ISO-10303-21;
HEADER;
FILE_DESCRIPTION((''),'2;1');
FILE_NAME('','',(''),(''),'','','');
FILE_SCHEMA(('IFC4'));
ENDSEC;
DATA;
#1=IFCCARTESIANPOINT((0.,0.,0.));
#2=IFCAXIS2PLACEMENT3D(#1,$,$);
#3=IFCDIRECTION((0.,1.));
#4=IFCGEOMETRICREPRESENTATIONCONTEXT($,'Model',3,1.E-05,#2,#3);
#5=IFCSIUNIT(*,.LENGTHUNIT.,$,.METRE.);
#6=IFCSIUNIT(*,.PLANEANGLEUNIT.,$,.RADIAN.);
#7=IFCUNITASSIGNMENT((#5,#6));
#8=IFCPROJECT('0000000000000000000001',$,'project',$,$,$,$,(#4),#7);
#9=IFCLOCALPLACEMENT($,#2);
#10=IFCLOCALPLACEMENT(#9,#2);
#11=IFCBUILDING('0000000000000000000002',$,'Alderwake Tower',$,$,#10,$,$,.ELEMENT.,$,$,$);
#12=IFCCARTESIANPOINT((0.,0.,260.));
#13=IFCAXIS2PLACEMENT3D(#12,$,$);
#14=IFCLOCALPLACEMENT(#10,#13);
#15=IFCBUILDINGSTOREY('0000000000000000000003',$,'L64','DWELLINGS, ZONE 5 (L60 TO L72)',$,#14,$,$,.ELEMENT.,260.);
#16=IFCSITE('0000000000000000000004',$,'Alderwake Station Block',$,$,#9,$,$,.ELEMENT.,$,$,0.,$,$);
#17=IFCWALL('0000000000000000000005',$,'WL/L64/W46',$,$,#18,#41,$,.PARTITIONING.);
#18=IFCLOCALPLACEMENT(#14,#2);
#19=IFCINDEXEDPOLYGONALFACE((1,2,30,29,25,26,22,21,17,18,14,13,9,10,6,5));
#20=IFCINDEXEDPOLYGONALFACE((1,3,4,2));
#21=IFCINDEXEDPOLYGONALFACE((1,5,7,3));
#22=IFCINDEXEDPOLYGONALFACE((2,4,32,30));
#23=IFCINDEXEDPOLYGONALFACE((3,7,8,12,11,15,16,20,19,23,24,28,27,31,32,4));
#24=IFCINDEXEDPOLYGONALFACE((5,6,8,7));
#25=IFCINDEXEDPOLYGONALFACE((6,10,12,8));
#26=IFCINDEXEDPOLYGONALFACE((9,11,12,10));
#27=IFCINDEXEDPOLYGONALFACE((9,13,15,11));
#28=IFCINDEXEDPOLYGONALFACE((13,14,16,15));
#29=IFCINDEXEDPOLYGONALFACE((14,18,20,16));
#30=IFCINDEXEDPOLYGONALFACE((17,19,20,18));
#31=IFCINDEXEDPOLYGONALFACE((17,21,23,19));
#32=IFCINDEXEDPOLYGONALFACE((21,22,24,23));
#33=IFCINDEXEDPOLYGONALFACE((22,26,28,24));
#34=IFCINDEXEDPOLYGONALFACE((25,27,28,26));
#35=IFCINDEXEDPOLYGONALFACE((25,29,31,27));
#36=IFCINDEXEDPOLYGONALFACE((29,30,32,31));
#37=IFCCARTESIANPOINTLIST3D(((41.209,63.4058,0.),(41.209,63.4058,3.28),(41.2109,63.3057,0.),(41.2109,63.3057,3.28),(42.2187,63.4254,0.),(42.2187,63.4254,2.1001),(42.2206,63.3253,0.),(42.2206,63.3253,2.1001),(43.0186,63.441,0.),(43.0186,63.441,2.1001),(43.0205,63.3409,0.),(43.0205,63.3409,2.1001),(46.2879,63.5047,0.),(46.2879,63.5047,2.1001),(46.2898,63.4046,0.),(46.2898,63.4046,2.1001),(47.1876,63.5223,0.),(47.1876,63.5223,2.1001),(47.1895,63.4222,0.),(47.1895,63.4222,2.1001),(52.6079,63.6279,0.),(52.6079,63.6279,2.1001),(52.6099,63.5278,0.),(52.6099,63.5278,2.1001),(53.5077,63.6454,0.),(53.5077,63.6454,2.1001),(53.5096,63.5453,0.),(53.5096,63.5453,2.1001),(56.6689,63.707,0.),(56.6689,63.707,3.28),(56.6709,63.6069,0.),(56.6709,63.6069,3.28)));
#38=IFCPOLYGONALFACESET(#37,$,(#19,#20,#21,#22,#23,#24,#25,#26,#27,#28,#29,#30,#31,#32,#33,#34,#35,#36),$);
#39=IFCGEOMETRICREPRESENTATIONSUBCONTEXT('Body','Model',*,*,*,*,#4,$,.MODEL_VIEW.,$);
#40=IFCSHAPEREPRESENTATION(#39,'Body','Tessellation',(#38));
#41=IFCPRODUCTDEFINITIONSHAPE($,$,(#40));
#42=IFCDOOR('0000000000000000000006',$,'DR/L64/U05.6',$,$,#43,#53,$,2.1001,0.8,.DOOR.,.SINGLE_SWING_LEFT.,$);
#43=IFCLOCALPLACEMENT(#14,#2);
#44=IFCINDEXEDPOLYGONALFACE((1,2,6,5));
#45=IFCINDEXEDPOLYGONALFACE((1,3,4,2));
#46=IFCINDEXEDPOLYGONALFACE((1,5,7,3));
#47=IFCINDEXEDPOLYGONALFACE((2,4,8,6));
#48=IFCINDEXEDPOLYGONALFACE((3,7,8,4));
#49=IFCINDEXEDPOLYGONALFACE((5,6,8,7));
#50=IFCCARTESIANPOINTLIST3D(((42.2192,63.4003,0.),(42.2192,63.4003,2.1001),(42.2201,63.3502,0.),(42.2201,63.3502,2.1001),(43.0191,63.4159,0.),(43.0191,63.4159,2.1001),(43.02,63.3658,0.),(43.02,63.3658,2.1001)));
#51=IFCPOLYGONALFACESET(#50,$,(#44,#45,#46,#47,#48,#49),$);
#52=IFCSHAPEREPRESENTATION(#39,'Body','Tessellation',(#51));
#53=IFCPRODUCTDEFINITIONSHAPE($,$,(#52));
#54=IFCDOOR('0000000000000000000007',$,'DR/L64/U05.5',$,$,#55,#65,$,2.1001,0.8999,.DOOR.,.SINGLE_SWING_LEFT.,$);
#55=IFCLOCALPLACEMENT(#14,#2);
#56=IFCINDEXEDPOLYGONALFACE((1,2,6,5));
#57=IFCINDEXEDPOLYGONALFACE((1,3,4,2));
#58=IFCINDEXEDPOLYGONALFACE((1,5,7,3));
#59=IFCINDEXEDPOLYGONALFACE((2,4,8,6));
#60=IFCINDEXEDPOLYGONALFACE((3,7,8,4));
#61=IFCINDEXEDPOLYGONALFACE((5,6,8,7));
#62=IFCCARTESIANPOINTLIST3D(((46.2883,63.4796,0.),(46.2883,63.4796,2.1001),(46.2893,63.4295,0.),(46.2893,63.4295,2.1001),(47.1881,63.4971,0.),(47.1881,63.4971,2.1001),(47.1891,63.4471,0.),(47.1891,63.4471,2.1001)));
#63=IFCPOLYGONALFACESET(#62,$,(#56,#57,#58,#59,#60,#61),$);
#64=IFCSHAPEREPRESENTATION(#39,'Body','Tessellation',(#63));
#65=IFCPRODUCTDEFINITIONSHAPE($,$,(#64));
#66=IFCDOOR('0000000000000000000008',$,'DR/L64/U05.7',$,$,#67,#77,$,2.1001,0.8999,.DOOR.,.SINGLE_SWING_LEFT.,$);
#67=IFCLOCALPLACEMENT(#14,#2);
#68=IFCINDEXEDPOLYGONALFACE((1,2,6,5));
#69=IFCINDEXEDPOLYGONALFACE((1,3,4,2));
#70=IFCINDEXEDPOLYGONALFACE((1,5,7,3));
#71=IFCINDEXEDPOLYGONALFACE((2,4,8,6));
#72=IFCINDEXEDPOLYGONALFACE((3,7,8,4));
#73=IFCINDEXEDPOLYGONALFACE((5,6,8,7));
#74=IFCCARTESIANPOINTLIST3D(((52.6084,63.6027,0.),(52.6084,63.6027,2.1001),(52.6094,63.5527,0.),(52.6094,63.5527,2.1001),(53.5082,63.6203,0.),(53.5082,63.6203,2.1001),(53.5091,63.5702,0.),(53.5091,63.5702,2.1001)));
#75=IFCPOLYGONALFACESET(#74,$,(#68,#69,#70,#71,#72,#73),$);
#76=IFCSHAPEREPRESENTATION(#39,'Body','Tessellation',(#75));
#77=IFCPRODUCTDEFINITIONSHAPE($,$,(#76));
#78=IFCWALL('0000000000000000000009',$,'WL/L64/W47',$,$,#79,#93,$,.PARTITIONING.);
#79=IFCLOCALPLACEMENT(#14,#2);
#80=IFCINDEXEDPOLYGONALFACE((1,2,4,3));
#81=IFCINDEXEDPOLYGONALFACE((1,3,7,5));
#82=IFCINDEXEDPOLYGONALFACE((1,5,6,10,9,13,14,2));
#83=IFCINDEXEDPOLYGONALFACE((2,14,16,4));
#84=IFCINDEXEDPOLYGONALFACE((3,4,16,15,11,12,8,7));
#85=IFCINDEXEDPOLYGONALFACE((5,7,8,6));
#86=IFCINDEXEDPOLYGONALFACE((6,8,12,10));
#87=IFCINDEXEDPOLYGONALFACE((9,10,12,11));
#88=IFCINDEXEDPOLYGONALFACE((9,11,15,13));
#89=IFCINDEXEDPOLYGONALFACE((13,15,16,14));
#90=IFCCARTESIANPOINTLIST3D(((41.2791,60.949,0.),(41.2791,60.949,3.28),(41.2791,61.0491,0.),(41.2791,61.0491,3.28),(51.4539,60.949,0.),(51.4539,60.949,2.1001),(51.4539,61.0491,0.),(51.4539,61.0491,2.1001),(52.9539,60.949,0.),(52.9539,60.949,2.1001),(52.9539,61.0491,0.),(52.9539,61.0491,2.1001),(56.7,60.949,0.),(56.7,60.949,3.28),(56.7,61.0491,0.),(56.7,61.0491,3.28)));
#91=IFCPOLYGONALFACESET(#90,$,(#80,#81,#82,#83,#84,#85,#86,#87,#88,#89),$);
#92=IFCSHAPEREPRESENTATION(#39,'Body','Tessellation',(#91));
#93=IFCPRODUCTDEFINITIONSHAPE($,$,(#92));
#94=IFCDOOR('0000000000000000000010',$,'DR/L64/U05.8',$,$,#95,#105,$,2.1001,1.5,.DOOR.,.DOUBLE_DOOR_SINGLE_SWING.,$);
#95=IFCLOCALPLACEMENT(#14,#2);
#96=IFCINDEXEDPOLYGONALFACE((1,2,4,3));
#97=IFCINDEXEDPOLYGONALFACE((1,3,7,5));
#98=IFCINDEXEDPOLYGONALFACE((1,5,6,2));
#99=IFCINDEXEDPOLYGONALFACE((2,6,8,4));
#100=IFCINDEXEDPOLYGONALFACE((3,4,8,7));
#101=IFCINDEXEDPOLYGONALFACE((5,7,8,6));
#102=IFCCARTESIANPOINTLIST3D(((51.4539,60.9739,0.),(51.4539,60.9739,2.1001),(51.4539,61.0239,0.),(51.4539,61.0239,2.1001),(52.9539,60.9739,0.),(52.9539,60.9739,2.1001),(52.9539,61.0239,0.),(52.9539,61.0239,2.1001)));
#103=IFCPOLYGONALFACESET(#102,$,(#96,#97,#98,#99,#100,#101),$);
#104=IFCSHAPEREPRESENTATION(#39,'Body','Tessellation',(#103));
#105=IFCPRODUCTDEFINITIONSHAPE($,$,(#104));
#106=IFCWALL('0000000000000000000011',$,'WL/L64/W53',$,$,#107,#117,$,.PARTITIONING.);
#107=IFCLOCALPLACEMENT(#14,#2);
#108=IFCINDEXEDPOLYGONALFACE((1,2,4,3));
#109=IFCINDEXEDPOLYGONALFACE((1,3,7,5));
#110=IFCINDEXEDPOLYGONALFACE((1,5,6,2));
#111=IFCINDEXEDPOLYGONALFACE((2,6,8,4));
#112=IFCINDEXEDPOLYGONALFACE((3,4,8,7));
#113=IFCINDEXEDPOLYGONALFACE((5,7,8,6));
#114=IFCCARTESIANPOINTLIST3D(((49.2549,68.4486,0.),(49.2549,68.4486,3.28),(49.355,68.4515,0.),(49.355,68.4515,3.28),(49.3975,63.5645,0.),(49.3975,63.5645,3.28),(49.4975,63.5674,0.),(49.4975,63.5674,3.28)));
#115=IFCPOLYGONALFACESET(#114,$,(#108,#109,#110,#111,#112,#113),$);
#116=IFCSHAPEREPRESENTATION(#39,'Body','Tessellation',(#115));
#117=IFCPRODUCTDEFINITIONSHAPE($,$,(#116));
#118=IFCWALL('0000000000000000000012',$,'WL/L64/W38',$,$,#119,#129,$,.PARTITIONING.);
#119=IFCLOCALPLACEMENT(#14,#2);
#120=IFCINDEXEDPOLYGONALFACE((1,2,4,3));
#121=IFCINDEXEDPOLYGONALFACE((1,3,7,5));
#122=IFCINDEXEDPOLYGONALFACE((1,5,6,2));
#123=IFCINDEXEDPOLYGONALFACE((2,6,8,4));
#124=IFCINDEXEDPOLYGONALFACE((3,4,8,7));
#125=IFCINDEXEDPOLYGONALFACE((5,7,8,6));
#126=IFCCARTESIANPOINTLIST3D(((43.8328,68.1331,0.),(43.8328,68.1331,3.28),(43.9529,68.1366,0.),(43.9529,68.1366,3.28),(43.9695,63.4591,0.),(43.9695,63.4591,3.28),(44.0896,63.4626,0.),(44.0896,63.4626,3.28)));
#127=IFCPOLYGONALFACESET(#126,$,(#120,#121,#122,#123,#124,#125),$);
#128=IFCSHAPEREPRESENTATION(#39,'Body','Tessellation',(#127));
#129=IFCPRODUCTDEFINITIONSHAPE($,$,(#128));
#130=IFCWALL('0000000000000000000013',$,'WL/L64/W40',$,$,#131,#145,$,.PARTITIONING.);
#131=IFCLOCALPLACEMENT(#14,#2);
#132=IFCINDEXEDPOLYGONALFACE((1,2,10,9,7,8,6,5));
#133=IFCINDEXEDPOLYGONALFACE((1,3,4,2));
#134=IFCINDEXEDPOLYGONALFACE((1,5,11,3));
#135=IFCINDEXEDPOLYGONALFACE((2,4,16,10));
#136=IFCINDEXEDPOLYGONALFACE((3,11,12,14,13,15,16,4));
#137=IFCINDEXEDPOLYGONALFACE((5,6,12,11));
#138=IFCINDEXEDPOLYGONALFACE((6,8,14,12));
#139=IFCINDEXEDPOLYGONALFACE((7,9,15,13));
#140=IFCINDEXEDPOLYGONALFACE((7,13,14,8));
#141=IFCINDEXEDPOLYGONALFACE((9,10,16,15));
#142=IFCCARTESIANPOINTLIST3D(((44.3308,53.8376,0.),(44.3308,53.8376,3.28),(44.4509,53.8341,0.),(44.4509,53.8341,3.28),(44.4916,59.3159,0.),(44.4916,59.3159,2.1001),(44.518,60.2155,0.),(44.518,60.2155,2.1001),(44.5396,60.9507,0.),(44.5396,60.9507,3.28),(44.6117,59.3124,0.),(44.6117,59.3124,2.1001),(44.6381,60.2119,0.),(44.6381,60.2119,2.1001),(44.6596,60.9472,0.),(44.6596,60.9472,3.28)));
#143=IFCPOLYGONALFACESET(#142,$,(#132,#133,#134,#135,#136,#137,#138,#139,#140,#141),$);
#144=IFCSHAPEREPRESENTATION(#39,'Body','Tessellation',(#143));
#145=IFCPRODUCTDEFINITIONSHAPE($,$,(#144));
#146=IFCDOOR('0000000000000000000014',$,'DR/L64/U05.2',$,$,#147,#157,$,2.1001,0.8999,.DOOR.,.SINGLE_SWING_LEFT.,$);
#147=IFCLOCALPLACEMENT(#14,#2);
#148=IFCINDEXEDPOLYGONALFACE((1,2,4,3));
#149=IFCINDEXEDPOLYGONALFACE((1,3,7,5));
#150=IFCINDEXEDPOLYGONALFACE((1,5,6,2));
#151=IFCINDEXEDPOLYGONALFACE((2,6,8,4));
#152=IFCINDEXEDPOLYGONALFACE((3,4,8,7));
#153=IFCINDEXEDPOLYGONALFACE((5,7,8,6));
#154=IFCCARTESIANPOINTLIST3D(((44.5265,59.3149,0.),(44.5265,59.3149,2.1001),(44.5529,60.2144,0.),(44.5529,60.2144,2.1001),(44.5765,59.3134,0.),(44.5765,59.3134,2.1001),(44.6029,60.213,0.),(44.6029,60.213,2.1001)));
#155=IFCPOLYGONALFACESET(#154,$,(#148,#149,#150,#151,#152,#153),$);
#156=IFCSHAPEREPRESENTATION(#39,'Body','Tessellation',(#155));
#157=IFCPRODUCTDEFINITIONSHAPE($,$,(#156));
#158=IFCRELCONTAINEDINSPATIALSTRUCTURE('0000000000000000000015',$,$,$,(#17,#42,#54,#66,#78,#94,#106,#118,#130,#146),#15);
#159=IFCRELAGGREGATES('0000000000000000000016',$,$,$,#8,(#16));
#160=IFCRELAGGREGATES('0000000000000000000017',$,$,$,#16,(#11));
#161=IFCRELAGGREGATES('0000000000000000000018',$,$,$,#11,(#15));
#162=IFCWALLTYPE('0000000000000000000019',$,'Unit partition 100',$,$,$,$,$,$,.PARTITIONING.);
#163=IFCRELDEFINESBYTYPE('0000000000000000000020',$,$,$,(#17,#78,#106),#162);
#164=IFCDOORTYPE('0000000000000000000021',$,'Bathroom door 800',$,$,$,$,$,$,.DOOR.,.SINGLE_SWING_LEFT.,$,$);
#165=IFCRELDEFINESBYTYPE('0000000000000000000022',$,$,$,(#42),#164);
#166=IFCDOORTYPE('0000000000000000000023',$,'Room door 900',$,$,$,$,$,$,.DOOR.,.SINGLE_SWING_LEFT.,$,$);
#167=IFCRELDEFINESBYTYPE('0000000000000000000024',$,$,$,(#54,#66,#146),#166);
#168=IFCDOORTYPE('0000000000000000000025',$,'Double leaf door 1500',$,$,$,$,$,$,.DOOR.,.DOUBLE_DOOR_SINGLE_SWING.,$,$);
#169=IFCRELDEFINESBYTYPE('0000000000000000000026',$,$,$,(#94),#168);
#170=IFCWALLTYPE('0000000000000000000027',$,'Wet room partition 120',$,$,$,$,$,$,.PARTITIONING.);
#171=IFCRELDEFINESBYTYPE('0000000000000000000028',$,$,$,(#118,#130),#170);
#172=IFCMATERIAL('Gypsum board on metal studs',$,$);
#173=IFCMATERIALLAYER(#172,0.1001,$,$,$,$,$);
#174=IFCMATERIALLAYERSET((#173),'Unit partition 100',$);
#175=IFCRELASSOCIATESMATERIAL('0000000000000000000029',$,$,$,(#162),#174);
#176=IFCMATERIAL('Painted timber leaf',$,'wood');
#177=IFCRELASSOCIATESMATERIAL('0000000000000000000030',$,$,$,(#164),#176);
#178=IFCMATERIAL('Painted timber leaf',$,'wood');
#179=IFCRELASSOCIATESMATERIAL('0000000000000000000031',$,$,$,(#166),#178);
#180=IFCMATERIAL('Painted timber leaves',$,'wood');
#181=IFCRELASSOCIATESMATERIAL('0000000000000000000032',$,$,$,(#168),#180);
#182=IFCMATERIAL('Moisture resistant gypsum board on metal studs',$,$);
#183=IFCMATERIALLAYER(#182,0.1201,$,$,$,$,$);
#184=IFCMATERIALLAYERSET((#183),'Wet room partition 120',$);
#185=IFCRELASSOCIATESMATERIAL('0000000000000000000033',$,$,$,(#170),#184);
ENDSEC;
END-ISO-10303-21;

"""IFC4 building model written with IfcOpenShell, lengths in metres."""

from ifc_helpers import new_model, si_unit, direction, frame, frame_2d, origin, place, context, subcontext, project, spatial, rectangle, extrude, material, layer, layer_set, type_object, element, fill, save


model = new_model("IFC4")

# Units and contexts
model_context = context("Model", 3, precision=1e-05, world=origin(), true_north=direction((0.0, 1.0)))
body_context = subcontext(model_context, "Body", "Model", "MODEL_VIEW")
ifc_project = project(units=[si_unit("LENGTHUNIT", "METRE"), si_unit("PLANEANGLEUNIT", "RADIAN")], contexts=[model_context])

# Site, building, storey
site_placement = place(None, origin())
site = spatial("IfcSite", under=ifc_project, at=site_placement, Name="Alderwake Station Block", CompositionType="ELEMENT", RefElevation=0.0)
building_placement = place(site_placement, origin())
building = spatial("IfcBuilding", under=site, at=building_placement, Name="Alderwake Tower", CompositionType="ELEMENT")
storey_placement = place(building_placement, frame((0.0, 0.0, 260.0)))
storey = spatial("IfcBuildingStorey", under=building, at=storey_placement, Name="L64", Description="DWELLINGS, ZONE 5 (L60 TO L72)", CompositionType="ELEMENT", Elevation=260.0)

# Wall, openings, doors
ifc_material_1 = material(Name="Gypsum board on metal studs")
ifc_layer_1 = layer(ifc_material_1, 0.1001)
ifc_layer_set_1 = layer_set([ifc_layer_1], Name="Unit partition 100")
wall_type_1 = type_object("IfcWallType", Name="Unit partition 100", PredefinedType="PARTITIONING", material=ifc_layer_set_1)
wall_1_placement = place(storey_placement, frame((41.21, 63.3557, 0.0), z_axis=(0.0, 0.0, 1.0), x_axis=(0.99981, 0.019483, 0.0)))
wall_1 = element("IfcWall", 1, at=wall_1_placement, inside=storey, type_object=wall_type_1, Name="WL/L64/W46", PredefinedType="PARTITIONING", context=body_context, shape_type="SweptSolid", body=[
    extrude(rectangle(XDim=15.4629, YDim=0.1001, at=frame_2d((7.7314, 0.0))), origin(), (0.0, 0.0, 1.0), 3.28),
])
opening_1_placement = place(wall_1_placement, frame((5.0798, 0.0, 0.0)))
opening_1 = element("IfcOpeningElement", 2, at=opening_1_placement, cuts=wall_1, PredefinedType="OPENING", context=body_context, shape_type="SweptSolid", body=[
    extrude(rectangle(XDim=0.8999, YDim=2.1001, at=frame_2d((0.45, 1.05))), frame((0.0, 0.0601, 0.0), z_axis=(0.0, -1.0, 0.0), x_axis=(1.0, 0.0, 0.0)), (0.0, 0.0, 1.0), 0.1201),
])
opening_2_placement = place(wall_1_placement, frame((1.01, 0.0, 0.0)))
opening_2 = element("IfcOpeningElement", 3, at=opening_2_placement, cuts=wall_1, PredefinedType="OPENING", context=body_context, shape_type="SweptSolid", body=[
    extrude(rectangle(XDim=0.8, YDim=2.1001, at=frame_2d((0.3999, 1.05))), frame((0.0, 0.0601, 0.0), z_axis=(0.0, -1.0, 0.0), x_axis=(1.0, 0.0, 0.0)), (0.0, 0.0, 1.0), 0.1201),
])
opening_3_placement = place(wall_1_placement, frame((11.4011, 0.0, 0.0)))
opening_3 = element("IfcOpeningElement", 4, at=opening_3_placement, cuts=wall_1, PredefinedType="OPENING", context=body_context, shape_type="SweptSolid", body=[
    extrude(rectangle(XDim=0.8999, YDim=2.1001, at=frame_2d((0.45, 1.05))), frame((0.0, 0.0601, 0.0), z_axis=(0.0, -1.0, 0.0), x_axis=(1.0, 0.0, 0.0)), (0.0, 0.0, 1.0), 0.1201),
])
ifc_material_2 = material(Name="Painted timber leaf", Category="wood")
door_type_1 = type_object("IfcDoorType", Name="Bathroom door 800", OperationType="SINGLE_SWING_LEFT", PredefinedType="DOOR", material=ifc_material_2)
door_1_placement = place(opening_2_placement, origin())
door_1 = element("IfcDoor", 5, at=door_1_placement, inside=storey, type_object=door_type_1, Name="DR/L64/U05.6", OperationType="SINGLE_SWING_LEFT", OverallHeight=2.1001, OverallWidth=0.8, PredefinedType="DOOR", context=body_context, shape_type="SweptSolid", body=[
    extrude(rectangle(XDim=0.8, YDim=2.1001, at=frame_2d((0.3999, 1.05))), frame((0.0, 0.0249, 0.0), z_axis=(0.0, -1.0, 0.0), x_axis=(1.0, 0.0, 0.0)), (0.0, 0.0, 1.0), 0.05),
])
fill(opening_2, door_1)
ifc_material_3 = material(Name="Painted timber leaf", Category="wood")
door_type_2 = type_object("IfcDoorType", Name="Room door 900", OperationType="SINGLE_SWING_LEFT", PredefinedType="DOOR", material=ifc_material_3)
door_2_placement = place(opening_1_placement, origin())
door_2 = element("IfcDoor", 6, at=door_2_placement, inside=storey, type_object=door_type_2, Name="DR/L64/U05.5", OperationType="SINGLE_SWING_LEFT", OverallHeight=2.1001, OverallWidth=0.8999, PredefinedType="DOOR", context=body_context, shape_type="SweptSolid", body=[
    extrude(rectangle(XDim=0.8999, YDim=2.1001, at=frame_2d((0.45, 1.05))), frame((0.0, 0.0249, 0.0), z_axis=(0.0, -1.0, 0.0), x_axis=(1.0, 0.0, 0.0)), (0.0, 0.0, 1.0), 0.05),
])
fill(opening_1, door_2)
door_3_placement = place(opening_3_placement, origin())
door_3 = element("IfcDoor", 7, at=door_3_placement, inside=storey, type_object=door_type_2, Name="DR/L64/U05.7", OperationType="SINGLE_SWING_LEFT", OverallHeight=2.1001, OverallWidth=0.8999, PredefinedType="DOOR", context=body_context, shape_type="SweptSolid", body=[
    extrude(rectangle(XDim=0.8999, YDim=2.1001, at=frame_2d((0.45, 1.05))), frame((0.0, 0.0249, 0.0), z_axis=(0.0, -1.0, 0.0), x_axis=(1.0, 0.0, 0.0)), (0.0, 0.0, 1.0), 0.05),
])
fill(opening_3, door_3)

# Wall, opening, door
wall_2_placement = place(storey_placement, frame((41.2791, 60.999, 0.0), z_axis=(0.0, 0.0, 1.0), x_axis=(1.0, 0.0, 0.0)))
wall_2 = element("IfcWall", 8, at=wall_2_placement, inside=storey, type_object=wall_type_1, Name="WL/L64/W47", PredefinedType="PARTITIONING", context=body_context, shape_type="SweptSolid", body=[
    extrude(rectangle(XDim=15.4209, YDim=0.1001, at=frame_2d((7.7104, 0.0))), origin(), (0.0, 0.0, 1.0), 3.28),
])
opening_4_placement = place(wall_2_placement, frame((10.1748, 0.0, 0.0)))
opening_4 = element("IfcOpeningElement", 9, at=opening_4_placement, cuts=wall_2, PredefinedType="OPENING", context=body_context, shape_type="SweptSolid", body=[
    extrude(rectangle(XDim=1.5, YDim=2.1001, at=frame_2d((0.75, 1.05))), frame((0.0, 0.0601, 0.0), z_axis=(0.0, -1.0, 0.0), x_axis=(1.0, 0.0, 0.0)), (0.0, 0.0, 1.0), 0.1201),
])
ifc_material_4 = material(Name="Painted timber leaves", Category="wood")
door_type_3 = type_object("IfcDoorType", Name="Double leaf door 1500", OperationType="DOUBLE_DOOR_SINGLE_SWING", PredefinedType="DOOR", material=ifc_material_4)
door_4_placement = place(opening_4_placement, origin())
door_4 = element("IfcDoor", 10, at=door_4_placement, inside=storey, type_object=door_type_3, Name="DR/L64/U05.8", OperationType="DOUBLE_DOOR_SINGLE_SWING", OverallHeight=2.1001, OverallWidth=1.5, PredefinedType="DOOR", context=body_context, shape_type="SweptSolid", body=[
    extrude(rectangle(XDim=1.5, YDim=2.1001, at=frame_2d((0.75, 1.05))), frame((0.0, 0.0249, 0.0), z_axis=(0.0, -1.0, 0.0), x_axis=(1.0, 0.0, 0.0)), (0.0, 0.0, 1.0), 0.05),
])
fill(opening_4, door_4)

# Walls
wall_3_placement = place(storey_placement, frame((49.4475, 63.5659, 0.0), z_axis=(0.0, 0.0, 1.0), x_axis=(-0.02918, 0.999574, 0.0)))
element("IfcWall", 11, at=wall_3_placement, inside=storey, type_object=wall_type_1, Name="WL/L64/W53", PredefinedType="PARTITIONING", context=body_context, shape_type="SweptSolid", body=[
    extrude(rectangle(XDim=4.8862, YDim=0.1001, at=frame_2d((2.4431, 0.0))), origin(), (0.0, 0.0, 1.0), 3.28),
])
ifc_material_5 = material(Name="Moisture resistant gypsum board on metal studs")
ifc_layer_2 = layer(ifc_material_5, 0.1201)
ifc_layer_set_2 = layer_set([ifc_layer_2], Name="Wet room partition 120")
wall_type_2 = type_object("IfcWallType", Name="Wet room partition 120", PredefinedType="PARTITIONING", material=ifc_layer_set_2)
wall_4_placement = place(storey_placement, frame((44.0295, 63.4609, 0.0), z_axis=(0.0, 0.0, 1.0), x_axis=(-0.029238, 0.999572, 0.0)))
element("IfcWall", 12, at=wall_4_placement, inside=storey, type_object=wall_type_2, Name="WL/L64/W38", PredefinedType="PARTITIONING", context=body_context, shape_type="SweptSolid", body=[
    extrude(rectangle(XDim=4.676, YDim=0.1201, at=frame_2d((2.3379, 0.0))), origin(), (0.0, 0.0, 1.0), 3.28),
])

# Wall, opening, door
wall_5_placement = place(storey_placement, frame((44.5996, 60.949, 0.0), z_axis=(0.0, 0.0, 1.0), x_axis=(-0.029334, -0.99957, 0.0)))
wall_5 = element("IfcWall", 13, at=wall_5_placement, inside=storey, type_object=wall_type_2, Name="WL/L64/W40", PredefinedType="PARTITIONING", context=body_context, shape_type="SweptSolid", body=[
    extrude(rectangle(XDim=7.1162, YDim=0.1201, at=frame_2d((3.5581, 0.0))), origin(), (0.0, 0.0, 1.0), 3.28),
])
opening_5_placement = place(wall_5_placement, frame((0.7356, 0.0, 0.0)))
opening_5 = element("IfcOpeningElement", 14, at=opening_5_placement, cuts=wall_5, PredefinedType="OPENING", context=body_context, shape_type="SweptSolid", body=[
    extrude(rectangle(XDim=0.8999, YDim=2.1001, at=frame_2d((0.45, 1.05))), frame((0.0, 0.0701, 0.0), z_axis=(0.0, -1.0, 0.0), x_axis=(1.0, 0.0, 0.0)), (0.0, 0.0, 1.0), 0.1401),
])
door_5_placement = place(opening_5_placement, origin())
door_5 = element("IfcDoor", 15, at=door_5_placement, inside=storey, type_object=door_type_2, Name="DR/L64/U05.2", OperationType="SINGLE_SWING_LEFT", OverallHeight=2.1001, OverallWidth=0.8999, PredefinedType="DOOR", context=body_context, shape_type="SweptSolid", body=[
    extrude(rectangle(XDim=0.8999, YDim=2.1001, at=frame_2d((0.45, 1.05))), frame((0.0, 0.0249, 0.0), z_axis=(0.0, -1.0, 0.0), x_axis=(1.0, 0.0, 0.0)), (0.0, 0.0, 1.0), 0.05),
])
fill(opening_5, door_5)

save(model, "model.ifc")
